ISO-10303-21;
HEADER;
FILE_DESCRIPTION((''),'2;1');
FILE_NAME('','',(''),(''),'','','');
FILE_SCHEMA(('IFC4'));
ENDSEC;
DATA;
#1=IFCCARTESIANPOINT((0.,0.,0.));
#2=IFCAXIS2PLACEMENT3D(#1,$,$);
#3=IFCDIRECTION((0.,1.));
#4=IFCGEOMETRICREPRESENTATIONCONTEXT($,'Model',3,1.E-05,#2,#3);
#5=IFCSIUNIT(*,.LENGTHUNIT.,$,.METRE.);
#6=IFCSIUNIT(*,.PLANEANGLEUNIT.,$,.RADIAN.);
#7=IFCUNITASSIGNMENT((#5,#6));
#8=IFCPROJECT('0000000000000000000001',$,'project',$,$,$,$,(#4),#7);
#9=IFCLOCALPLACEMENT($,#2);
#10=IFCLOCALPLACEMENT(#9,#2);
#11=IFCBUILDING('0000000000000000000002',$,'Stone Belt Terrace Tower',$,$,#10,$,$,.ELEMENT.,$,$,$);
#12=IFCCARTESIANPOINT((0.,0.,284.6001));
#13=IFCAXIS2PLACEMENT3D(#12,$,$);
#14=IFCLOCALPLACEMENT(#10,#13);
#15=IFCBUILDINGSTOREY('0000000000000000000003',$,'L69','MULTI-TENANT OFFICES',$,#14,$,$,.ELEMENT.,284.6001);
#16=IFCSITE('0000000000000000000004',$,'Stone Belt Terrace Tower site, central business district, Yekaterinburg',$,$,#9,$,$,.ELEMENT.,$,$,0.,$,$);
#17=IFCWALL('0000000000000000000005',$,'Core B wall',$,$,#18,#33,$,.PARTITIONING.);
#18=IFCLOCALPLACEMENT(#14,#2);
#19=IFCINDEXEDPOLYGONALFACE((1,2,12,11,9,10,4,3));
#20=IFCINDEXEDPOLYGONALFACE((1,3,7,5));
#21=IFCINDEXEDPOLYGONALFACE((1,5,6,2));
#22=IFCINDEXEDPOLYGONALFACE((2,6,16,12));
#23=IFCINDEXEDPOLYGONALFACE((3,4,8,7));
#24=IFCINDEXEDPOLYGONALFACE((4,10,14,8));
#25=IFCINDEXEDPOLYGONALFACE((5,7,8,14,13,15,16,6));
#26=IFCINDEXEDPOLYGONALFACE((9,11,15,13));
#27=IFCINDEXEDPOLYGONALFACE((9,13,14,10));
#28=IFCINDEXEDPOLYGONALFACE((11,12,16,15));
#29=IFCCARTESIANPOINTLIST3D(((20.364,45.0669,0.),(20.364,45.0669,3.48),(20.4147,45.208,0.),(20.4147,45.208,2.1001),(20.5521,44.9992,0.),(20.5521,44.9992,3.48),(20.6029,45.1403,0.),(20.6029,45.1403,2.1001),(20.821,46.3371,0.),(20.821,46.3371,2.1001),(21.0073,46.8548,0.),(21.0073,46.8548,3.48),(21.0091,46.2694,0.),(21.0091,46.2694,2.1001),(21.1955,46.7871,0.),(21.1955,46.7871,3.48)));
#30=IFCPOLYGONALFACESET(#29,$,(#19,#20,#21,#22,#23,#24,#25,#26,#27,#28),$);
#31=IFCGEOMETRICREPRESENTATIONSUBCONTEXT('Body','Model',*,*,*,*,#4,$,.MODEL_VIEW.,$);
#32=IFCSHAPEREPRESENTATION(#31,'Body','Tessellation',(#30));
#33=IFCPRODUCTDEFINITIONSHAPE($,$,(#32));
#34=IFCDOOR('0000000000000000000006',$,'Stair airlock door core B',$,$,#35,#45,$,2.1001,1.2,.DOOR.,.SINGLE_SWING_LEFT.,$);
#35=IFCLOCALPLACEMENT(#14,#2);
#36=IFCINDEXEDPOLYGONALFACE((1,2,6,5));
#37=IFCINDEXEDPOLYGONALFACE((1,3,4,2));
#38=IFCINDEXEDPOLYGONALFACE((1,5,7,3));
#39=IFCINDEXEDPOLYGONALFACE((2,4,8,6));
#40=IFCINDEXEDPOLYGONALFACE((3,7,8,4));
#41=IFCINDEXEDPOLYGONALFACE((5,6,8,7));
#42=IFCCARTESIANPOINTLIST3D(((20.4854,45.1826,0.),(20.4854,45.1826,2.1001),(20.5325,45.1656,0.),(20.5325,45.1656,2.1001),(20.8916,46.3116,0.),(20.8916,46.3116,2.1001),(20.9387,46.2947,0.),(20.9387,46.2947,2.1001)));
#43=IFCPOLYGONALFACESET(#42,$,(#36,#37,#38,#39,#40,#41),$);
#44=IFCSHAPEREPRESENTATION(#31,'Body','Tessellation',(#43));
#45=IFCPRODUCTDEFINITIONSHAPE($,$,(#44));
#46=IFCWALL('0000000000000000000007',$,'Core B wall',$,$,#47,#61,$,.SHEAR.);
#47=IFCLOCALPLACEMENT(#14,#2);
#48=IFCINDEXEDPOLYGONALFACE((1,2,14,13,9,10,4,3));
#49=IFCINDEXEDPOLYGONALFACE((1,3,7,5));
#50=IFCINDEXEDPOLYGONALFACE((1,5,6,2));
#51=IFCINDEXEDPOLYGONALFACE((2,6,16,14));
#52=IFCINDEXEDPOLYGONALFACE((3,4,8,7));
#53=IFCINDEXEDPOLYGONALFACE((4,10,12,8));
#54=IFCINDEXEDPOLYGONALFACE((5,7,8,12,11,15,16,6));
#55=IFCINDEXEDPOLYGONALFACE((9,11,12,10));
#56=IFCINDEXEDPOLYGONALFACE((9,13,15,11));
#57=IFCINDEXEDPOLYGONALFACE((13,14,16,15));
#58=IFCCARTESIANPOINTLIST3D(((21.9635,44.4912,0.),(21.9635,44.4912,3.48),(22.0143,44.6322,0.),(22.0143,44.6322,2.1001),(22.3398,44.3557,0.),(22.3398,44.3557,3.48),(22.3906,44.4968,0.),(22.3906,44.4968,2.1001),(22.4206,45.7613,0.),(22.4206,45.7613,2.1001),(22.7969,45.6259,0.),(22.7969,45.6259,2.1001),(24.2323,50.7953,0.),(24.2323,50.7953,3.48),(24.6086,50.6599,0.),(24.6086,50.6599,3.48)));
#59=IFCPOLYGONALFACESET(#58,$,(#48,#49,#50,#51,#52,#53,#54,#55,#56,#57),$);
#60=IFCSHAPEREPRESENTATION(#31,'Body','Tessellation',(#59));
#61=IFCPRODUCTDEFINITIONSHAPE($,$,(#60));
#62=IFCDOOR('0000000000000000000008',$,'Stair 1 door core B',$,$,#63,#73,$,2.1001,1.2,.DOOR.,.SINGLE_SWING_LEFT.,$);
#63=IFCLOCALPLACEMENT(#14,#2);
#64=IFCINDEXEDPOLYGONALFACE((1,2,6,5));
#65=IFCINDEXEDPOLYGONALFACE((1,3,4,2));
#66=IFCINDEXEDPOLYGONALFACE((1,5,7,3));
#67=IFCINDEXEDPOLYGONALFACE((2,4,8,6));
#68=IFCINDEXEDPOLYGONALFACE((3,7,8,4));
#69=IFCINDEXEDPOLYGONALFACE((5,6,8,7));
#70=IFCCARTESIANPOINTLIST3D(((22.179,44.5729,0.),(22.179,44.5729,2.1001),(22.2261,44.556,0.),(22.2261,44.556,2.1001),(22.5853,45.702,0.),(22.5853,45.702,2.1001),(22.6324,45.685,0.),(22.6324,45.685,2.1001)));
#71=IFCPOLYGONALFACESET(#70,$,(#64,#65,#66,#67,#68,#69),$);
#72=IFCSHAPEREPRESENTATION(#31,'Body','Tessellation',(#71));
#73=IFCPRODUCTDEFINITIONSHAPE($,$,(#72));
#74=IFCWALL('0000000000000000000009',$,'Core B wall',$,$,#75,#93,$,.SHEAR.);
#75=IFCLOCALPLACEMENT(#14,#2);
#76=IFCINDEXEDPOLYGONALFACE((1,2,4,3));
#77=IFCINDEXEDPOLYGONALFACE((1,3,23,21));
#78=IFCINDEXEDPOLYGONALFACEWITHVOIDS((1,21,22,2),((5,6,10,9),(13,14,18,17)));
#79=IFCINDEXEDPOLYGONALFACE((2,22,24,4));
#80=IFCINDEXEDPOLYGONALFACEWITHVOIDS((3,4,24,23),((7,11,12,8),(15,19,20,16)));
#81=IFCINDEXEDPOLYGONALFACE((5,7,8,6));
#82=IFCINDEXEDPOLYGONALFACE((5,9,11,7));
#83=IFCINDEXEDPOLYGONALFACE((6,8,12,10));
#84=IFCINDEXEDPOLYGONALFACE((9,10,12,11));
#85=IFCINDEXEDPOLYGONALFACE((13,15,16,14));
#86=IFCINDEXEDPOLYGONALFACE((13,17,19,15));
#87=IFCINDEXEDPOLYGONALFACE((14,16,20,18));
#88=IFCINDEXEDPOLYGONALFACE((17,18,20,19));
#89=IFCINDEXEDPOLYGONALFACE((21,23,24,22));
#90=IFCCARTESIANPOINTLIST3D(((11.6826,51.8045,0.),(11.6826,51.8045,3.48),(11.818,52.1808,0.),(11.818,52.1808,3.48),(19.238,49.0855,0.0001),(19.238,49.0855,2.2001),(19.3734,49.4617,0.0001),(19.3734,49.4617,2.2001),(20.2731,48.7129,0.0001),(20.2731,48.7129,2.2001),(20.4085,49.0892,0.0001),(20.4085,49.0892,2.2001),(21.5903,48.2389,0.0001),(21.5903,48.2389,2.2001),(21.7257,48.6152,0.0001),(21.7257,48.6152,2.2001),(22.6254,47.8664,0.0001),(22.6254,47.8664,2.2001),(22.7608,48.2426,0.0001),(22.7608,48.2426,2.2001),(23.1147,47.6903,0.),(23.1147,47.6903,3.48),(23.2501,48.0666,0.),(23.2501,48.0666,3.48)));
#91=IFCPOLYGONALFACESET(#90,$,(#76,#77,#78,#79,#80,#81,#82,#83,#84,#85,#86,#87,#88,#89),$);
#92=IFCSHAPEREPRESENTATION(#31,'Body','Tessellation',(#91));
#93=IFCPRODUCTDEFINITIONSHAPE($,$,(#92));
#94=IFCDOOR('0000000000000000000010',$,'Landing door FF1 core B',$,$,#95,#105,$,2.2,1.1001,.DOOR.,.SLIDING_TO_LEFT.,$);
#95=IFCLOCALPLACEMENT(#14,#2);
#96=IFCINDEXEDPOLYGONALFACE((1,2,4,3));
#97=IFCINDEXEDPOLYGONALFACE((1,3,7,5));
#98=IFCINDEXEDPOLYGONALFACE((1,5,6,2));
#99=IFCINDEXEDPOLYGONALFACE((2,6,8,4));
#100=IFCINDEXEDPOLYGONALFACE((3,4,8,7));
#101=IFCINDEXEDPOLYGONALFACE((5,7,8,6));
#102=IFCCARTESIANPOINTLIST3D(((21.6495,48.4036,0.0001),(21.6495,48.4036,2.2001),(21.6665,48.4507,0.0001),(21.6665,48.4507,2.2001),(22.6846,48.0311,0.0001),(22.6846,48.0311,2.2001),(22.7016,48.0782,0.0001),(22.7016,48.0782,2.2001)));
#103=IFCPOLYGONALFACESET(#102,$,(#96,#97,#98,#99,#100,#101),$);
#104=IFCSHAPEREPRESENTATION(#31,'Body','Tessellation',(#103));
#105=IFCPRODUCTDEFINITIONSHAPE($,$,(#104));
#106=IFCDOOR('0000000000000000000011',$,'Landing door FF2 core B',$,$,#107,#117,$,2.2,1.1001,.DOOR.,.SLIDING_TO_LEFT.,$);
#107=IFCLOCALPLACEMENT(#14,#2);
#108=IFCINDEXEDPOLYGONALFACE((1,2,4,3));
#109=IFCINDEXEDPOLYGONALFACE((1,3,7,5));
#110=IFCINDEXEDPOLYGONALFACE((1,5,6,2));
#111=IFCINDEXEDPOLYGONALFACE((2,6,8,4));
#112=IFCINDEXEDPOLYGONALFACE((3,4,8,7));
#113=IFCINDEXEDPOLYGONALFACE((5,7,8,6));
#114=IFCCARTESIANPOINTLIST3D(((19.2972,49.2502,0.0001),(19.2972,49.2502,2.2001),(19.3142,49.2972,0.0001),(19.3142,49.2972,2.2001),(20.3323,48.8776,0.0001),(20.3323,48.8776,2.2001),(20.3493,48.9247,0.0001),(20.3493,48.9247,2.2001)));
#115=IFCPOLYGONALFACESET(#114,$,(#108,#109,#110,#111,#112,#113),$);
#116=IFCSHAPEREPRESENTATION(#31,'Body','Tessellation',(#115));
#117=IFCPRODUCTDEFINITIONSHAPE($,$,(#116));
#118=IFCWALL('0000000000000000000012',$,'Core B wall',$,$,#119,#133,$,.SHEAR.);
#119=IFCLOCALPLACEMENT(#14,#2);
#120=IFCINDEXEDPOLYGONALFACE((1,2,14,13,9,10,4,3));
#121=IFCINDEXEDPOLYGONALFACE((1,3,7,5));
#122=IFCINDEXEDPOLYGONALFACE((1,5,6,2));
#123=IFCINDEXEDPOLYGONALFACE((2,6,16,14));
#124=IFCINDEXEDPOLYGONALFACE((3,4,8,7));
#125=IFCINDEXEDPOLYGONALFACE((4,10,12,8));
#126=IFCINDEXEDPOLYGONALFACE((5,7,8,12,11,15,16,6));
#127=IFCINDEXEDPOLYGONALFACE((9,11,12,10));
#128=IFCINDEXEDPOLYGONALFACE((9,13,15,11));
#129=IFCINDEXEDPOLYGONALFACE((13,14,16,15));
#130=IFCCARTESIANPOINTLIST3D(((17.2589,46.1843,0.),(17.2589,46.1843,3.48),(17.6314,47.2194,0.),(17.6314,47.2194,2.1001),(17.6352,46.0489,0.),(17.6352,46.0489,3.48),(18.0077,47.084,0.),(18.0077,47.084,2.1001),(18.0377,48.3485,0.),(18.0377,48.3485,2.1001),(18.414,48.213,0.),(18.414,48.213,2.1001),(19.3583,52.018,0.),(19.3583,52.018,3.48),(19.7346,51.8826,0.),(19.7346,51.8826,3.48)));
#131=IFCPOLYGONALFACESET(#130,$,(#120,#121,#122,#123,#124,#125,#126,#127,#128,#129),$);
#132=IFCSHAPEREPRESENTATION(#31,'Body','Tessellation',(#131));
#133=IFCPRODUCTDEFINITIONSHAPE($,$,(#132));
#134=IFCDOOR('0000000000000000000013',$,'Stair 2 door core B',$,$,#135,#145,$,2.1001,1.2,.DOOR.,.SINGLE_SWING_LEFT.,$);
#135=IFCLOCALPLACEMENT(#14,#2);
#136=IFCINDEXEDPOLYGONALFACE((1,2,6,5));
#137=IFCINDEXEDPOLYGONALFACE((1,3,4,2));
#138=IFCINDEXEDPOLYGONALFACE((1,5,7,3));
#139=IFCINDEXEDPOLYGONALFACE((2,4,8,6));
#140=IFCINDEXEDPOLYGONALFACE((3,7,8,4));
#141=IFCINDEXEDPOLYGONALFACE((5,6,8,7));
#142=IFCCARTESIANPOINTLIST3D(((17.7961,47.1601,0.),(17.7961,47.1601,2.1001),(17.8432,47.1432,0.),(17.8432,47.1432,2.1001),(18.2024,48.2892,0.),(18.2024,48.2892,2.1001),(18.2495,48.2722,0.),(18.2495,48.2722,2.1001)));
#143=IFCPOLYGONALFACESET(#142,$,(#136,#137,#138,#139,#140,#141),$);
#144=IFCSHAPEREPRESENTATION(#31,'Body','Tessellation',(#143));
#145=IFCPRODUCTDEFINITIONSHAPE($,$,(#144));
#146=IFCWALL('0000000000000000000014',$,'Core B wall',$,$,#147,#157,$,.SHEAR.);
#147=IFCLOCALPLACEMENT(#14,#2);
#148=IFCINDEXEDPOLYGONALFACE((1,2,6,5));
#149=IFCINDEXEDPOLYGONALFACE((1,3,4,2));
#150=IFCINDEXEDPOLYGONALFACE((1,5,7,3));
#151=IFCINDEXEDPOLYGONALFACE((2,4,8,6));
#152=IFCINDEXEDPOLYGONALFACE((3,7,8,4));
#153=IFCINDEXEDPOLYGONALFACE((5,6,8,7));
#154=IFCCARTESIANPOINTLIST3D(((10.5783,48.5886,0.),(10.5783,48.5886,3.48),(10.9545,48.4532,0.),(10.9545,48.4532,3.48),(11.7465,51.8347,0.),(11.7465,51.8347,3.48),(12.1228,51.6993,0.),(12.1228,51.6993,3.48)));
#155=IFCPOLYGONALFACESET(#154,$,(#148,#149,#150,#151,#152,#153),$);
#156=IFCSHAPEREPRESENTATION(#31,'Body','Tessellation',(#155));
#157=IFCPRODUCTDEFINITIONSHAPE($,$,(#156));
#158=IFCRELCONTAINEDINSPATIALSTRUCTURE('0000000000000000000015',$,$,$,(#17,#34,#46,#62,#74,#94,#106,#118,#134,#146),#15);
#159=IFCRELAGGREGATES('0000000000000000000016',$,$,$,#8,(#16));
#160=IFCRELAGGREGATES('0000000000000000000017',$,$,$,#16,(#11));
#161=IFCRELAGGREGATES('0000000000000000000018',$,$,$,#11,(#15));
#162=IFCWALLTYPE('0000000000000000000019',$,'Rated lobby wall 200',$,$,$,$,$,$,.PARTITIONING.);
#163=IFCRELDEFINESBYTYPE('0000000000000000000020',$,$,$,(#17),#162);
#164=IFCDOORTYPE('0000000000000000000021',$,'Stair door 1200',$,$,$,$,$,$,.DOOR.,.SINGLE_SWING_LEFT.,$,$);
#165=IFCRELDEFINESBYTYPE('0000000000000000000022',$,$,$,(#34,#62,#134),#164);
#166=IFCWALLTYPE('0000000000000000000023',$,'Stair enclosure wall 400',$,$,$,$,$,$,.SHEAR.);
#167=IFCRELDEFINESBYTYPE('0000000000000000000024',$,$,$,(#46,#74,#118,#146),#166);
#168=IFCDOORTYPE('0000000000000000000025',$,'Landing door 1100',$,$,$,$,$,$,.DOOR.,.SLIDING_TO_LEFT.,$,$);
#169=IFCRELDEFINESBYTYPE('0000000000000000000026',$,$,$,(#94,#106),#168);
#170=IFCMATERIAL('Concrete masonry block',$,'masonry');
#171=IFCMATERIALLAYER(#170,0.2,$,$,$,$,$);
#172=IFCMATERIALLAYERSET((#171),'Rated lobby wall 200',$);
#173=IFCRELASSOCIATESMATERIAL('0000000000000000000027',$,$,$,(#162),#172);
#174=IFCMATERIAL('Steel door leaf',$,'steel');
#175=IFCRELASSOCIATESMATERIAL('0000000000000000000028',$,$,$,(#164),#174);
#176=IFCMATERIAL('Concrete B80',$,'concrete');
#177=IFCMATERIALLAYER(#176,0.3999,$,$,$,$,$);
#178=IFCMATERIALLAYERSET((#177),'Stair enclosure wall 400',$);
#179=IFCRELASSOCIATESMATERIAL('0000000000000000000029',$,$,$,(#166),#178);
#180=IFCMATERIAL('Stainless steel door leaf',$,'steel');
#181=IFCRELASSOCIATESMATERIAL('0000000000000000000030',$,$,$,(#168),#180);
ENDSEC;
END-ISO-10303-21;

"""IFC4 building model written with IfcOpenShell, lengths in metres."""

from ifc_helpers import new_model, si_unit, direction, frame, frame_2d, origin, place, context, subcontext, project, spatial, rectangle, extrude, material, layer, layer_set, type_object, element, fill, save


model = new_model("IFC4")

# Units and contexts
model_context = context("Model", 3, precision=1e-05, world=origin(), true_north=direction((0.0, 1.0)))
body_context = subcontext(model_context, "Body", "Model", "MODEL_VIEW")
ifc_project = project(units=[si_unit("LENGTHUNIT", "METRE"), si_unit("PLANEANGLEUNIT", "RADIAN")], contexts=[model_context])

# Site, building, storey
site_placement = place(None, origin())
site = spatial("IfcSite", under=ifc_project, at=site_placement, Name="Stone Belt Terrace Tower site, central business district, Yekaterinburg", CompositionType="ELEMENT", RefElevation=0.0)
building_placement = place(site_placement, origin())
building = spatial("IfcBuilding", under=site, at=building_placement, Name="Stone Belt Terrace Tower", CompositionType="ELEMENT")
storey_placement = place(building_placement, frame((0.0, 0.0, 284.6001)))
storey = spatial("IfcBuildingStorey", under=building, at=storey_placement, Name="L69", Description="MULTI-TENANT OFFICES", CompositionType="ELEMENT", Elevation=284.6001)

# Shared definitions
ifc_material_1 = material(Name="Concrete masonry block", Category="masonry")
ifc_layer_1 = layer(ifc_material_1, 0.2)
ifc_layer_set_1 = layer_set([ifc_layer_1], Name="Rated lobby wall 200")
wall_type_1 = type_object("IfcWallType", Name="Rated lobby wall 200", PredefinedType="PARTITIONING", material=ifc_layer_set_1)

# Walls, openings, doors
wall_1_placement = place(storey_placement, frame((20.458, 45.033, 0.0), z_axis=(0.0, 0.0, 1.0), x_axis=(0.338574, 0.94094, 0.0)))
wall_1 = element("IfcWall", 1, at=wall_1_placement, inside=storey, type_object=wall_type_1, Name="Core B wall", PredefinedType="PARTITIONING", context=body_context, shape_type="SweptSolid", body=[
    extrude(rectangle(XDim=1.9001, YDim=0.2, at=frame_2d((0.9502, 0.0))), origin(), (0.0, 0.0, 1.0), 3.48),
])
opening_1_placement = place(wall_1_placement, frame((0.1499, 0.0, 0.0)))
opening_1 = element("IfcOpeningElement", 2, at=opening_1_placement, cuts=wall_1, PredefinedType="OPENING", context=body_context, shape_type="SweptSolid", body=[
    extrude(rectangle(XDim=1.2, YDim=2.1001, at=frame_2d((0.6001, 1.05))), frame((0.0, 0.1099, 0.0), z_axis=(0.0, -1.0, 0.0), x_axis=(1.0, 0.0, 0.0)), (0.0, 0.0, 1.0), 0.22),
])
ifc_material_2 = material(Name="Steel door leaf", Category="steel")
door_type_1 = type_object("IfcDoorType", Name="Stair door 1200", OperationType="SINGLE_SWING_LEFT", PredefinedType="DOOR", material=ifc_material_2)
door_1_placement = place(opening_1_placement, origin())
door_1 = element("IfcDoor", 3, at=door_1_placement, inside=storey, type_object=door_type_1, Name="Stair airlock door core B", OperationType="SINGLE_SWING_LEFT", OverallHeight=2.1001, OverallWidth=1.2, PredefinedType="DOOR", context=body_context, shape_type="SweptSolid", body=[
    extrude(rectangle(XDim=1.2, YDim=2.1001, at=frame_2d((0.6001, 1.05))), frame((0.0, 0.0249, 0.0), z_axis=(0.0, -1.0, 0.0), x_axis=(1.0, 0.0, 0.0)), (0.0, 0.0, 1.0), 0.05),
])
fill(opening_1, door_1)
ifc_material_3 = material(Name="Concrete B80", Category="concrete")
ifc_layer_2 = layer(ifc_material_3, 0.3999)
ifc_layer_set_2 = layer_set([ifc_layer_2], Name="Stair enclosure wall 400")
wall_type_2 = type_object("IfcWallType", Name="Stair enclosure wall 400", PredefinedType="SHEAR", material=ifc_layer_set_2)
wall_2_placement = place(storey_placement, frame((22.1516, 44.4233, 0.0), z_axis=(0.0, 0.0, 1.0), x_axis=(0.338625, 0.940921, 0.0)))
wall_2 = element("IfcWall", 4, at=wall_2_placement, inside=storey, type_object=wall_type_2, Name="Core B wall", PredefinedType="SHEAR", context=body_context, shape_type="SweptSolid", body=[
    extrude(rectangle(XDim=6.7, YDim=0.3999, at=frame_2d((3.3501, 0.0))), origin(), (0.0, 0.0, 1.0), 3.48),
])
opening_2_placement = place(wall_2_placement, frame((0.1499, 0.0, 0.0)))
opening_2 = element("IfcOpeningElement", 5, at=opening_2_placement, cuts=wall_2, PredefinedType="OPENING", context=body_context, shape_type="SweptSolid", body=[
    extrude(rectangle(XDim=1.2, YDim=2.1001, at=frame_2d((0.6001, 1.05))), frame((0.0, 0.21, 0.0), z_axis=(0.0, -1.0, 0.0), x_axis=(1.0, 0.0, 0.0)), (0.0, 0.0, 1.0), 0.4199),
])
door_2_placement = place(opening_2_placement, origin())
door_2 = element("IfcDoor", 6, at=door_2_placement, inside=storey, type_object=door_type_1, Name="Stair 1 door core B", OperationType="SINGLE_SWING_LEFT", OverallHeight=2.1001, OverallWidth=1.2, PredefinedType="DOOR", context=body_context, shape_type="SweptSolid", body=[
    extrude(rectangle(XDim=1.2, YDim=2.1001, at=frame_2d((0.6001, 1.05))), frame((0.0, 0.0249, 0.0), z_axis=(0.0, -1.0, 0.0), x_axis=(1.0, 0.0, 0.0)), (0.0, 0.0, 1.0), 0.05),
])
fill(opening_2, door_2)

# Wall, openings, doors
wall_3_placement = place(storey_placement, frame((23.1824, 47.8784, 0.0), z_axis=(0.0, 0.0, 1.0), x_axis=(-0.940922, 0.338624, 0.0)))
wall_3 = element("IfcWall", 7, at=wall_3_placement, inside=storey, type_object=wall_type_2, Name="Core B wall", PredefinedType="SHEAR", context=body_context, shape_type="SweptSolid", body=[
    extrude(rectangle(XDim=12.1499, YDim=0.3999, at=frame_2d((6.075, 0.0))), origin(), (0.0, 0.0, 1.0), 3.48),
])
opening_3_placement = place(wall_3_placement, frame((0.52, 0.0, 0.0)))
opening_3 = element("IfcOpeningElement", 8, at=opening_3_placement, cuts=wall_3, PredefinedType="OPENING", context=body_context, shape_type="SweptSolid", body=[
    extrude(rectangle(XDim=1.1001, YDim=2.2, at=frame_2d((0.55, 1.1001))), frame((0.0, 0.21, 0.0), z_axis=(0.0, -1.0, 0.0), x_axis=(1.0, 0.0, 0.0)), (0.0, 0.0, 1.0), 0.4199),
])
opening_4_placement = place(wall_3_placement, frame((3.02, 0.0, 0.0)))
opening_4 = element("IfcOpeningElement", 9, at=opening_4_placement, cuts=wall_3, PredefinedType="OPENING", context=body_context, shape_type="SweptSolid", body=[
    extrude(rectangle(XDim=1.1001, YDim=2.2, at=frame_2d((0.55, 1.1001))), frame((0.0, 0.21, 0.0), z_axis=(0.0, -1.0, 0.0), x_axis=(1.0, 0.0, 0.0)), (0.0, 0.0, 1.0), 0.4199),
])
ifc_material_4 = material(Name="Stainless steel door leaf", Category="steel")
door_type_2 = type_object("IfcDoorType", Name="Landing door 1100", OperationType="SLIDING_TO_LEFT", PredefinedType="DOOR", material=ifc_material_4)
door_3_placement = place(opening_3_placement, origin())
door_3 = element("IfcDoor", 10, at=door_3_placement, inside=storey, type_object=door_type_2, Name="Landing door FF1 core B", OperationType="SLIDING_TO_LEFT", OverallHeight=2.2, OverallWidth=1.1001, PredefinedType="DOOR", context=body_context, shape_type="SweptSolid", body=[
    extrude(rectangle(XDim=1.1001, YDim=2.2, at=frame_2d((0.55, 1.1001))), frame((0.0, 0.0249, 0.0), z_axis=(0.0, -1.0, 0.0), x_axis=(1.0, 0.0, 0.0)), (0.0, 0.0, 1.0), 0.05),
])
fill(opening_3, door_3)
door_4_placement = place(opening_4_placement, origin())
door_4 = element("IfcDoor", 11, at=door_4_placement, inside=storey, type_object=door_type_2, Name="Landing door FF2 core B", OperationType="SLIDING_TO_LEFT", OverallHeight=2.2, OverallWidth=1.1001, PredefinedType="DOOR", context=body_context, shape_type="SweptSolid", body=[
    extrude(rectangle(XDim=1.1001, YDim=2.2, at=frame_2d((0.55, 1.1001))), frame((0.0, 0.0249, 0.0), z_axis=(0.0, -1.0, 0.0), x_axis=(1.0, 0.0, 0.0)), (0.0, 0.0, 1.0), 0.05),
])
fill(opening_4, door_4)

# Wall, opening, door
wall_4_placement = place(storey_placement, frame((17.447, 46.1165, 0.0), z_axis=(0.0, 0.0, 1.0), x_axis=(0.338608, 0.940928, 0.0)))
wall_4 = element("IfcWall", 12, at=wall_4_placement, inside=storey, type_object=wall_type_2, Name="Core B wall", PredefinedType="SHEAR", context=body_context, shape_type="SweptSolid", body=[
    extrude(rectangle(XDim=6.2, YDim=0.3999, at=frame_2d((3.1001, 0.0))), origin(), (0.0, 0.0, 1.0), 3.48),
])
opening_5_placement = place(wall_4_placement, frame((1.1001, 0.0, 0.0)))
opening_5 = element("IfcOpeningElement", 13, at=opening_5_placement, cuts=wall_4, PredefinedType="OPENING", context=body_context, shape_type="SweptSolid", body=[
    extrude(rectangle(XDim=1.2, YDim=2.1001, at=frame_2d((0.6001, 1.05))), frame((0.0, 0.21, 0.0), z_axis=(0.0, -1.0, 0.0), x_axis=(1.0, 0.0, 0.0)), (0.0, 0.0, 1.0), 0.4199),
])
door_5_placement = place(opening_5_placement, origin())
door_5 = element("IfcDoor", 14, at=door_5_placement, inside=storey, type_object=door_type_1, Name="Stair 2 door core B", OperationType="SINGLE_SWING_LEFT", OverallHeight=2.1001, OverallWidth=1.2, PredefinedType="DOOR", context=body_context, shape_type="SweptSolid", body=[
    extrude(rectangle(XDim=1.2, YDim=2.1001, at=frame_2d((0.6001, 1.05))), frame((0.0, 0.0249, 0.0), z_axis=(0.0, -1.0, 0.0), x_axis=(1.0, 0.0, 0.0)), (0.0, 0.0, 1.0), 0.05),
])
fill(opening_5, door_5)

# Wall
wall_5_placement = place(storey_placement, frame((10.7664, 48.5208, 0.0), z_axis=(0.0, 0.0, 1.0), x_axis=(0.338622, 0.940923, 0.0)))
element("IfcWall", 15, at=wall_5_placement, inside=storey, type_object=wall_type_2, Name="Core B wall", PredefinedType="SHEAR", context=body_context, shape_type="SweptSolid", body=[
    extrude(rectangle(XDim=3.45, YDim=0.3999, at=frame_2d((1.7251, 0.0))), origin(), (0.0, 0.0, 1.0), 3.48),
])

save(model, "model.ifc")
